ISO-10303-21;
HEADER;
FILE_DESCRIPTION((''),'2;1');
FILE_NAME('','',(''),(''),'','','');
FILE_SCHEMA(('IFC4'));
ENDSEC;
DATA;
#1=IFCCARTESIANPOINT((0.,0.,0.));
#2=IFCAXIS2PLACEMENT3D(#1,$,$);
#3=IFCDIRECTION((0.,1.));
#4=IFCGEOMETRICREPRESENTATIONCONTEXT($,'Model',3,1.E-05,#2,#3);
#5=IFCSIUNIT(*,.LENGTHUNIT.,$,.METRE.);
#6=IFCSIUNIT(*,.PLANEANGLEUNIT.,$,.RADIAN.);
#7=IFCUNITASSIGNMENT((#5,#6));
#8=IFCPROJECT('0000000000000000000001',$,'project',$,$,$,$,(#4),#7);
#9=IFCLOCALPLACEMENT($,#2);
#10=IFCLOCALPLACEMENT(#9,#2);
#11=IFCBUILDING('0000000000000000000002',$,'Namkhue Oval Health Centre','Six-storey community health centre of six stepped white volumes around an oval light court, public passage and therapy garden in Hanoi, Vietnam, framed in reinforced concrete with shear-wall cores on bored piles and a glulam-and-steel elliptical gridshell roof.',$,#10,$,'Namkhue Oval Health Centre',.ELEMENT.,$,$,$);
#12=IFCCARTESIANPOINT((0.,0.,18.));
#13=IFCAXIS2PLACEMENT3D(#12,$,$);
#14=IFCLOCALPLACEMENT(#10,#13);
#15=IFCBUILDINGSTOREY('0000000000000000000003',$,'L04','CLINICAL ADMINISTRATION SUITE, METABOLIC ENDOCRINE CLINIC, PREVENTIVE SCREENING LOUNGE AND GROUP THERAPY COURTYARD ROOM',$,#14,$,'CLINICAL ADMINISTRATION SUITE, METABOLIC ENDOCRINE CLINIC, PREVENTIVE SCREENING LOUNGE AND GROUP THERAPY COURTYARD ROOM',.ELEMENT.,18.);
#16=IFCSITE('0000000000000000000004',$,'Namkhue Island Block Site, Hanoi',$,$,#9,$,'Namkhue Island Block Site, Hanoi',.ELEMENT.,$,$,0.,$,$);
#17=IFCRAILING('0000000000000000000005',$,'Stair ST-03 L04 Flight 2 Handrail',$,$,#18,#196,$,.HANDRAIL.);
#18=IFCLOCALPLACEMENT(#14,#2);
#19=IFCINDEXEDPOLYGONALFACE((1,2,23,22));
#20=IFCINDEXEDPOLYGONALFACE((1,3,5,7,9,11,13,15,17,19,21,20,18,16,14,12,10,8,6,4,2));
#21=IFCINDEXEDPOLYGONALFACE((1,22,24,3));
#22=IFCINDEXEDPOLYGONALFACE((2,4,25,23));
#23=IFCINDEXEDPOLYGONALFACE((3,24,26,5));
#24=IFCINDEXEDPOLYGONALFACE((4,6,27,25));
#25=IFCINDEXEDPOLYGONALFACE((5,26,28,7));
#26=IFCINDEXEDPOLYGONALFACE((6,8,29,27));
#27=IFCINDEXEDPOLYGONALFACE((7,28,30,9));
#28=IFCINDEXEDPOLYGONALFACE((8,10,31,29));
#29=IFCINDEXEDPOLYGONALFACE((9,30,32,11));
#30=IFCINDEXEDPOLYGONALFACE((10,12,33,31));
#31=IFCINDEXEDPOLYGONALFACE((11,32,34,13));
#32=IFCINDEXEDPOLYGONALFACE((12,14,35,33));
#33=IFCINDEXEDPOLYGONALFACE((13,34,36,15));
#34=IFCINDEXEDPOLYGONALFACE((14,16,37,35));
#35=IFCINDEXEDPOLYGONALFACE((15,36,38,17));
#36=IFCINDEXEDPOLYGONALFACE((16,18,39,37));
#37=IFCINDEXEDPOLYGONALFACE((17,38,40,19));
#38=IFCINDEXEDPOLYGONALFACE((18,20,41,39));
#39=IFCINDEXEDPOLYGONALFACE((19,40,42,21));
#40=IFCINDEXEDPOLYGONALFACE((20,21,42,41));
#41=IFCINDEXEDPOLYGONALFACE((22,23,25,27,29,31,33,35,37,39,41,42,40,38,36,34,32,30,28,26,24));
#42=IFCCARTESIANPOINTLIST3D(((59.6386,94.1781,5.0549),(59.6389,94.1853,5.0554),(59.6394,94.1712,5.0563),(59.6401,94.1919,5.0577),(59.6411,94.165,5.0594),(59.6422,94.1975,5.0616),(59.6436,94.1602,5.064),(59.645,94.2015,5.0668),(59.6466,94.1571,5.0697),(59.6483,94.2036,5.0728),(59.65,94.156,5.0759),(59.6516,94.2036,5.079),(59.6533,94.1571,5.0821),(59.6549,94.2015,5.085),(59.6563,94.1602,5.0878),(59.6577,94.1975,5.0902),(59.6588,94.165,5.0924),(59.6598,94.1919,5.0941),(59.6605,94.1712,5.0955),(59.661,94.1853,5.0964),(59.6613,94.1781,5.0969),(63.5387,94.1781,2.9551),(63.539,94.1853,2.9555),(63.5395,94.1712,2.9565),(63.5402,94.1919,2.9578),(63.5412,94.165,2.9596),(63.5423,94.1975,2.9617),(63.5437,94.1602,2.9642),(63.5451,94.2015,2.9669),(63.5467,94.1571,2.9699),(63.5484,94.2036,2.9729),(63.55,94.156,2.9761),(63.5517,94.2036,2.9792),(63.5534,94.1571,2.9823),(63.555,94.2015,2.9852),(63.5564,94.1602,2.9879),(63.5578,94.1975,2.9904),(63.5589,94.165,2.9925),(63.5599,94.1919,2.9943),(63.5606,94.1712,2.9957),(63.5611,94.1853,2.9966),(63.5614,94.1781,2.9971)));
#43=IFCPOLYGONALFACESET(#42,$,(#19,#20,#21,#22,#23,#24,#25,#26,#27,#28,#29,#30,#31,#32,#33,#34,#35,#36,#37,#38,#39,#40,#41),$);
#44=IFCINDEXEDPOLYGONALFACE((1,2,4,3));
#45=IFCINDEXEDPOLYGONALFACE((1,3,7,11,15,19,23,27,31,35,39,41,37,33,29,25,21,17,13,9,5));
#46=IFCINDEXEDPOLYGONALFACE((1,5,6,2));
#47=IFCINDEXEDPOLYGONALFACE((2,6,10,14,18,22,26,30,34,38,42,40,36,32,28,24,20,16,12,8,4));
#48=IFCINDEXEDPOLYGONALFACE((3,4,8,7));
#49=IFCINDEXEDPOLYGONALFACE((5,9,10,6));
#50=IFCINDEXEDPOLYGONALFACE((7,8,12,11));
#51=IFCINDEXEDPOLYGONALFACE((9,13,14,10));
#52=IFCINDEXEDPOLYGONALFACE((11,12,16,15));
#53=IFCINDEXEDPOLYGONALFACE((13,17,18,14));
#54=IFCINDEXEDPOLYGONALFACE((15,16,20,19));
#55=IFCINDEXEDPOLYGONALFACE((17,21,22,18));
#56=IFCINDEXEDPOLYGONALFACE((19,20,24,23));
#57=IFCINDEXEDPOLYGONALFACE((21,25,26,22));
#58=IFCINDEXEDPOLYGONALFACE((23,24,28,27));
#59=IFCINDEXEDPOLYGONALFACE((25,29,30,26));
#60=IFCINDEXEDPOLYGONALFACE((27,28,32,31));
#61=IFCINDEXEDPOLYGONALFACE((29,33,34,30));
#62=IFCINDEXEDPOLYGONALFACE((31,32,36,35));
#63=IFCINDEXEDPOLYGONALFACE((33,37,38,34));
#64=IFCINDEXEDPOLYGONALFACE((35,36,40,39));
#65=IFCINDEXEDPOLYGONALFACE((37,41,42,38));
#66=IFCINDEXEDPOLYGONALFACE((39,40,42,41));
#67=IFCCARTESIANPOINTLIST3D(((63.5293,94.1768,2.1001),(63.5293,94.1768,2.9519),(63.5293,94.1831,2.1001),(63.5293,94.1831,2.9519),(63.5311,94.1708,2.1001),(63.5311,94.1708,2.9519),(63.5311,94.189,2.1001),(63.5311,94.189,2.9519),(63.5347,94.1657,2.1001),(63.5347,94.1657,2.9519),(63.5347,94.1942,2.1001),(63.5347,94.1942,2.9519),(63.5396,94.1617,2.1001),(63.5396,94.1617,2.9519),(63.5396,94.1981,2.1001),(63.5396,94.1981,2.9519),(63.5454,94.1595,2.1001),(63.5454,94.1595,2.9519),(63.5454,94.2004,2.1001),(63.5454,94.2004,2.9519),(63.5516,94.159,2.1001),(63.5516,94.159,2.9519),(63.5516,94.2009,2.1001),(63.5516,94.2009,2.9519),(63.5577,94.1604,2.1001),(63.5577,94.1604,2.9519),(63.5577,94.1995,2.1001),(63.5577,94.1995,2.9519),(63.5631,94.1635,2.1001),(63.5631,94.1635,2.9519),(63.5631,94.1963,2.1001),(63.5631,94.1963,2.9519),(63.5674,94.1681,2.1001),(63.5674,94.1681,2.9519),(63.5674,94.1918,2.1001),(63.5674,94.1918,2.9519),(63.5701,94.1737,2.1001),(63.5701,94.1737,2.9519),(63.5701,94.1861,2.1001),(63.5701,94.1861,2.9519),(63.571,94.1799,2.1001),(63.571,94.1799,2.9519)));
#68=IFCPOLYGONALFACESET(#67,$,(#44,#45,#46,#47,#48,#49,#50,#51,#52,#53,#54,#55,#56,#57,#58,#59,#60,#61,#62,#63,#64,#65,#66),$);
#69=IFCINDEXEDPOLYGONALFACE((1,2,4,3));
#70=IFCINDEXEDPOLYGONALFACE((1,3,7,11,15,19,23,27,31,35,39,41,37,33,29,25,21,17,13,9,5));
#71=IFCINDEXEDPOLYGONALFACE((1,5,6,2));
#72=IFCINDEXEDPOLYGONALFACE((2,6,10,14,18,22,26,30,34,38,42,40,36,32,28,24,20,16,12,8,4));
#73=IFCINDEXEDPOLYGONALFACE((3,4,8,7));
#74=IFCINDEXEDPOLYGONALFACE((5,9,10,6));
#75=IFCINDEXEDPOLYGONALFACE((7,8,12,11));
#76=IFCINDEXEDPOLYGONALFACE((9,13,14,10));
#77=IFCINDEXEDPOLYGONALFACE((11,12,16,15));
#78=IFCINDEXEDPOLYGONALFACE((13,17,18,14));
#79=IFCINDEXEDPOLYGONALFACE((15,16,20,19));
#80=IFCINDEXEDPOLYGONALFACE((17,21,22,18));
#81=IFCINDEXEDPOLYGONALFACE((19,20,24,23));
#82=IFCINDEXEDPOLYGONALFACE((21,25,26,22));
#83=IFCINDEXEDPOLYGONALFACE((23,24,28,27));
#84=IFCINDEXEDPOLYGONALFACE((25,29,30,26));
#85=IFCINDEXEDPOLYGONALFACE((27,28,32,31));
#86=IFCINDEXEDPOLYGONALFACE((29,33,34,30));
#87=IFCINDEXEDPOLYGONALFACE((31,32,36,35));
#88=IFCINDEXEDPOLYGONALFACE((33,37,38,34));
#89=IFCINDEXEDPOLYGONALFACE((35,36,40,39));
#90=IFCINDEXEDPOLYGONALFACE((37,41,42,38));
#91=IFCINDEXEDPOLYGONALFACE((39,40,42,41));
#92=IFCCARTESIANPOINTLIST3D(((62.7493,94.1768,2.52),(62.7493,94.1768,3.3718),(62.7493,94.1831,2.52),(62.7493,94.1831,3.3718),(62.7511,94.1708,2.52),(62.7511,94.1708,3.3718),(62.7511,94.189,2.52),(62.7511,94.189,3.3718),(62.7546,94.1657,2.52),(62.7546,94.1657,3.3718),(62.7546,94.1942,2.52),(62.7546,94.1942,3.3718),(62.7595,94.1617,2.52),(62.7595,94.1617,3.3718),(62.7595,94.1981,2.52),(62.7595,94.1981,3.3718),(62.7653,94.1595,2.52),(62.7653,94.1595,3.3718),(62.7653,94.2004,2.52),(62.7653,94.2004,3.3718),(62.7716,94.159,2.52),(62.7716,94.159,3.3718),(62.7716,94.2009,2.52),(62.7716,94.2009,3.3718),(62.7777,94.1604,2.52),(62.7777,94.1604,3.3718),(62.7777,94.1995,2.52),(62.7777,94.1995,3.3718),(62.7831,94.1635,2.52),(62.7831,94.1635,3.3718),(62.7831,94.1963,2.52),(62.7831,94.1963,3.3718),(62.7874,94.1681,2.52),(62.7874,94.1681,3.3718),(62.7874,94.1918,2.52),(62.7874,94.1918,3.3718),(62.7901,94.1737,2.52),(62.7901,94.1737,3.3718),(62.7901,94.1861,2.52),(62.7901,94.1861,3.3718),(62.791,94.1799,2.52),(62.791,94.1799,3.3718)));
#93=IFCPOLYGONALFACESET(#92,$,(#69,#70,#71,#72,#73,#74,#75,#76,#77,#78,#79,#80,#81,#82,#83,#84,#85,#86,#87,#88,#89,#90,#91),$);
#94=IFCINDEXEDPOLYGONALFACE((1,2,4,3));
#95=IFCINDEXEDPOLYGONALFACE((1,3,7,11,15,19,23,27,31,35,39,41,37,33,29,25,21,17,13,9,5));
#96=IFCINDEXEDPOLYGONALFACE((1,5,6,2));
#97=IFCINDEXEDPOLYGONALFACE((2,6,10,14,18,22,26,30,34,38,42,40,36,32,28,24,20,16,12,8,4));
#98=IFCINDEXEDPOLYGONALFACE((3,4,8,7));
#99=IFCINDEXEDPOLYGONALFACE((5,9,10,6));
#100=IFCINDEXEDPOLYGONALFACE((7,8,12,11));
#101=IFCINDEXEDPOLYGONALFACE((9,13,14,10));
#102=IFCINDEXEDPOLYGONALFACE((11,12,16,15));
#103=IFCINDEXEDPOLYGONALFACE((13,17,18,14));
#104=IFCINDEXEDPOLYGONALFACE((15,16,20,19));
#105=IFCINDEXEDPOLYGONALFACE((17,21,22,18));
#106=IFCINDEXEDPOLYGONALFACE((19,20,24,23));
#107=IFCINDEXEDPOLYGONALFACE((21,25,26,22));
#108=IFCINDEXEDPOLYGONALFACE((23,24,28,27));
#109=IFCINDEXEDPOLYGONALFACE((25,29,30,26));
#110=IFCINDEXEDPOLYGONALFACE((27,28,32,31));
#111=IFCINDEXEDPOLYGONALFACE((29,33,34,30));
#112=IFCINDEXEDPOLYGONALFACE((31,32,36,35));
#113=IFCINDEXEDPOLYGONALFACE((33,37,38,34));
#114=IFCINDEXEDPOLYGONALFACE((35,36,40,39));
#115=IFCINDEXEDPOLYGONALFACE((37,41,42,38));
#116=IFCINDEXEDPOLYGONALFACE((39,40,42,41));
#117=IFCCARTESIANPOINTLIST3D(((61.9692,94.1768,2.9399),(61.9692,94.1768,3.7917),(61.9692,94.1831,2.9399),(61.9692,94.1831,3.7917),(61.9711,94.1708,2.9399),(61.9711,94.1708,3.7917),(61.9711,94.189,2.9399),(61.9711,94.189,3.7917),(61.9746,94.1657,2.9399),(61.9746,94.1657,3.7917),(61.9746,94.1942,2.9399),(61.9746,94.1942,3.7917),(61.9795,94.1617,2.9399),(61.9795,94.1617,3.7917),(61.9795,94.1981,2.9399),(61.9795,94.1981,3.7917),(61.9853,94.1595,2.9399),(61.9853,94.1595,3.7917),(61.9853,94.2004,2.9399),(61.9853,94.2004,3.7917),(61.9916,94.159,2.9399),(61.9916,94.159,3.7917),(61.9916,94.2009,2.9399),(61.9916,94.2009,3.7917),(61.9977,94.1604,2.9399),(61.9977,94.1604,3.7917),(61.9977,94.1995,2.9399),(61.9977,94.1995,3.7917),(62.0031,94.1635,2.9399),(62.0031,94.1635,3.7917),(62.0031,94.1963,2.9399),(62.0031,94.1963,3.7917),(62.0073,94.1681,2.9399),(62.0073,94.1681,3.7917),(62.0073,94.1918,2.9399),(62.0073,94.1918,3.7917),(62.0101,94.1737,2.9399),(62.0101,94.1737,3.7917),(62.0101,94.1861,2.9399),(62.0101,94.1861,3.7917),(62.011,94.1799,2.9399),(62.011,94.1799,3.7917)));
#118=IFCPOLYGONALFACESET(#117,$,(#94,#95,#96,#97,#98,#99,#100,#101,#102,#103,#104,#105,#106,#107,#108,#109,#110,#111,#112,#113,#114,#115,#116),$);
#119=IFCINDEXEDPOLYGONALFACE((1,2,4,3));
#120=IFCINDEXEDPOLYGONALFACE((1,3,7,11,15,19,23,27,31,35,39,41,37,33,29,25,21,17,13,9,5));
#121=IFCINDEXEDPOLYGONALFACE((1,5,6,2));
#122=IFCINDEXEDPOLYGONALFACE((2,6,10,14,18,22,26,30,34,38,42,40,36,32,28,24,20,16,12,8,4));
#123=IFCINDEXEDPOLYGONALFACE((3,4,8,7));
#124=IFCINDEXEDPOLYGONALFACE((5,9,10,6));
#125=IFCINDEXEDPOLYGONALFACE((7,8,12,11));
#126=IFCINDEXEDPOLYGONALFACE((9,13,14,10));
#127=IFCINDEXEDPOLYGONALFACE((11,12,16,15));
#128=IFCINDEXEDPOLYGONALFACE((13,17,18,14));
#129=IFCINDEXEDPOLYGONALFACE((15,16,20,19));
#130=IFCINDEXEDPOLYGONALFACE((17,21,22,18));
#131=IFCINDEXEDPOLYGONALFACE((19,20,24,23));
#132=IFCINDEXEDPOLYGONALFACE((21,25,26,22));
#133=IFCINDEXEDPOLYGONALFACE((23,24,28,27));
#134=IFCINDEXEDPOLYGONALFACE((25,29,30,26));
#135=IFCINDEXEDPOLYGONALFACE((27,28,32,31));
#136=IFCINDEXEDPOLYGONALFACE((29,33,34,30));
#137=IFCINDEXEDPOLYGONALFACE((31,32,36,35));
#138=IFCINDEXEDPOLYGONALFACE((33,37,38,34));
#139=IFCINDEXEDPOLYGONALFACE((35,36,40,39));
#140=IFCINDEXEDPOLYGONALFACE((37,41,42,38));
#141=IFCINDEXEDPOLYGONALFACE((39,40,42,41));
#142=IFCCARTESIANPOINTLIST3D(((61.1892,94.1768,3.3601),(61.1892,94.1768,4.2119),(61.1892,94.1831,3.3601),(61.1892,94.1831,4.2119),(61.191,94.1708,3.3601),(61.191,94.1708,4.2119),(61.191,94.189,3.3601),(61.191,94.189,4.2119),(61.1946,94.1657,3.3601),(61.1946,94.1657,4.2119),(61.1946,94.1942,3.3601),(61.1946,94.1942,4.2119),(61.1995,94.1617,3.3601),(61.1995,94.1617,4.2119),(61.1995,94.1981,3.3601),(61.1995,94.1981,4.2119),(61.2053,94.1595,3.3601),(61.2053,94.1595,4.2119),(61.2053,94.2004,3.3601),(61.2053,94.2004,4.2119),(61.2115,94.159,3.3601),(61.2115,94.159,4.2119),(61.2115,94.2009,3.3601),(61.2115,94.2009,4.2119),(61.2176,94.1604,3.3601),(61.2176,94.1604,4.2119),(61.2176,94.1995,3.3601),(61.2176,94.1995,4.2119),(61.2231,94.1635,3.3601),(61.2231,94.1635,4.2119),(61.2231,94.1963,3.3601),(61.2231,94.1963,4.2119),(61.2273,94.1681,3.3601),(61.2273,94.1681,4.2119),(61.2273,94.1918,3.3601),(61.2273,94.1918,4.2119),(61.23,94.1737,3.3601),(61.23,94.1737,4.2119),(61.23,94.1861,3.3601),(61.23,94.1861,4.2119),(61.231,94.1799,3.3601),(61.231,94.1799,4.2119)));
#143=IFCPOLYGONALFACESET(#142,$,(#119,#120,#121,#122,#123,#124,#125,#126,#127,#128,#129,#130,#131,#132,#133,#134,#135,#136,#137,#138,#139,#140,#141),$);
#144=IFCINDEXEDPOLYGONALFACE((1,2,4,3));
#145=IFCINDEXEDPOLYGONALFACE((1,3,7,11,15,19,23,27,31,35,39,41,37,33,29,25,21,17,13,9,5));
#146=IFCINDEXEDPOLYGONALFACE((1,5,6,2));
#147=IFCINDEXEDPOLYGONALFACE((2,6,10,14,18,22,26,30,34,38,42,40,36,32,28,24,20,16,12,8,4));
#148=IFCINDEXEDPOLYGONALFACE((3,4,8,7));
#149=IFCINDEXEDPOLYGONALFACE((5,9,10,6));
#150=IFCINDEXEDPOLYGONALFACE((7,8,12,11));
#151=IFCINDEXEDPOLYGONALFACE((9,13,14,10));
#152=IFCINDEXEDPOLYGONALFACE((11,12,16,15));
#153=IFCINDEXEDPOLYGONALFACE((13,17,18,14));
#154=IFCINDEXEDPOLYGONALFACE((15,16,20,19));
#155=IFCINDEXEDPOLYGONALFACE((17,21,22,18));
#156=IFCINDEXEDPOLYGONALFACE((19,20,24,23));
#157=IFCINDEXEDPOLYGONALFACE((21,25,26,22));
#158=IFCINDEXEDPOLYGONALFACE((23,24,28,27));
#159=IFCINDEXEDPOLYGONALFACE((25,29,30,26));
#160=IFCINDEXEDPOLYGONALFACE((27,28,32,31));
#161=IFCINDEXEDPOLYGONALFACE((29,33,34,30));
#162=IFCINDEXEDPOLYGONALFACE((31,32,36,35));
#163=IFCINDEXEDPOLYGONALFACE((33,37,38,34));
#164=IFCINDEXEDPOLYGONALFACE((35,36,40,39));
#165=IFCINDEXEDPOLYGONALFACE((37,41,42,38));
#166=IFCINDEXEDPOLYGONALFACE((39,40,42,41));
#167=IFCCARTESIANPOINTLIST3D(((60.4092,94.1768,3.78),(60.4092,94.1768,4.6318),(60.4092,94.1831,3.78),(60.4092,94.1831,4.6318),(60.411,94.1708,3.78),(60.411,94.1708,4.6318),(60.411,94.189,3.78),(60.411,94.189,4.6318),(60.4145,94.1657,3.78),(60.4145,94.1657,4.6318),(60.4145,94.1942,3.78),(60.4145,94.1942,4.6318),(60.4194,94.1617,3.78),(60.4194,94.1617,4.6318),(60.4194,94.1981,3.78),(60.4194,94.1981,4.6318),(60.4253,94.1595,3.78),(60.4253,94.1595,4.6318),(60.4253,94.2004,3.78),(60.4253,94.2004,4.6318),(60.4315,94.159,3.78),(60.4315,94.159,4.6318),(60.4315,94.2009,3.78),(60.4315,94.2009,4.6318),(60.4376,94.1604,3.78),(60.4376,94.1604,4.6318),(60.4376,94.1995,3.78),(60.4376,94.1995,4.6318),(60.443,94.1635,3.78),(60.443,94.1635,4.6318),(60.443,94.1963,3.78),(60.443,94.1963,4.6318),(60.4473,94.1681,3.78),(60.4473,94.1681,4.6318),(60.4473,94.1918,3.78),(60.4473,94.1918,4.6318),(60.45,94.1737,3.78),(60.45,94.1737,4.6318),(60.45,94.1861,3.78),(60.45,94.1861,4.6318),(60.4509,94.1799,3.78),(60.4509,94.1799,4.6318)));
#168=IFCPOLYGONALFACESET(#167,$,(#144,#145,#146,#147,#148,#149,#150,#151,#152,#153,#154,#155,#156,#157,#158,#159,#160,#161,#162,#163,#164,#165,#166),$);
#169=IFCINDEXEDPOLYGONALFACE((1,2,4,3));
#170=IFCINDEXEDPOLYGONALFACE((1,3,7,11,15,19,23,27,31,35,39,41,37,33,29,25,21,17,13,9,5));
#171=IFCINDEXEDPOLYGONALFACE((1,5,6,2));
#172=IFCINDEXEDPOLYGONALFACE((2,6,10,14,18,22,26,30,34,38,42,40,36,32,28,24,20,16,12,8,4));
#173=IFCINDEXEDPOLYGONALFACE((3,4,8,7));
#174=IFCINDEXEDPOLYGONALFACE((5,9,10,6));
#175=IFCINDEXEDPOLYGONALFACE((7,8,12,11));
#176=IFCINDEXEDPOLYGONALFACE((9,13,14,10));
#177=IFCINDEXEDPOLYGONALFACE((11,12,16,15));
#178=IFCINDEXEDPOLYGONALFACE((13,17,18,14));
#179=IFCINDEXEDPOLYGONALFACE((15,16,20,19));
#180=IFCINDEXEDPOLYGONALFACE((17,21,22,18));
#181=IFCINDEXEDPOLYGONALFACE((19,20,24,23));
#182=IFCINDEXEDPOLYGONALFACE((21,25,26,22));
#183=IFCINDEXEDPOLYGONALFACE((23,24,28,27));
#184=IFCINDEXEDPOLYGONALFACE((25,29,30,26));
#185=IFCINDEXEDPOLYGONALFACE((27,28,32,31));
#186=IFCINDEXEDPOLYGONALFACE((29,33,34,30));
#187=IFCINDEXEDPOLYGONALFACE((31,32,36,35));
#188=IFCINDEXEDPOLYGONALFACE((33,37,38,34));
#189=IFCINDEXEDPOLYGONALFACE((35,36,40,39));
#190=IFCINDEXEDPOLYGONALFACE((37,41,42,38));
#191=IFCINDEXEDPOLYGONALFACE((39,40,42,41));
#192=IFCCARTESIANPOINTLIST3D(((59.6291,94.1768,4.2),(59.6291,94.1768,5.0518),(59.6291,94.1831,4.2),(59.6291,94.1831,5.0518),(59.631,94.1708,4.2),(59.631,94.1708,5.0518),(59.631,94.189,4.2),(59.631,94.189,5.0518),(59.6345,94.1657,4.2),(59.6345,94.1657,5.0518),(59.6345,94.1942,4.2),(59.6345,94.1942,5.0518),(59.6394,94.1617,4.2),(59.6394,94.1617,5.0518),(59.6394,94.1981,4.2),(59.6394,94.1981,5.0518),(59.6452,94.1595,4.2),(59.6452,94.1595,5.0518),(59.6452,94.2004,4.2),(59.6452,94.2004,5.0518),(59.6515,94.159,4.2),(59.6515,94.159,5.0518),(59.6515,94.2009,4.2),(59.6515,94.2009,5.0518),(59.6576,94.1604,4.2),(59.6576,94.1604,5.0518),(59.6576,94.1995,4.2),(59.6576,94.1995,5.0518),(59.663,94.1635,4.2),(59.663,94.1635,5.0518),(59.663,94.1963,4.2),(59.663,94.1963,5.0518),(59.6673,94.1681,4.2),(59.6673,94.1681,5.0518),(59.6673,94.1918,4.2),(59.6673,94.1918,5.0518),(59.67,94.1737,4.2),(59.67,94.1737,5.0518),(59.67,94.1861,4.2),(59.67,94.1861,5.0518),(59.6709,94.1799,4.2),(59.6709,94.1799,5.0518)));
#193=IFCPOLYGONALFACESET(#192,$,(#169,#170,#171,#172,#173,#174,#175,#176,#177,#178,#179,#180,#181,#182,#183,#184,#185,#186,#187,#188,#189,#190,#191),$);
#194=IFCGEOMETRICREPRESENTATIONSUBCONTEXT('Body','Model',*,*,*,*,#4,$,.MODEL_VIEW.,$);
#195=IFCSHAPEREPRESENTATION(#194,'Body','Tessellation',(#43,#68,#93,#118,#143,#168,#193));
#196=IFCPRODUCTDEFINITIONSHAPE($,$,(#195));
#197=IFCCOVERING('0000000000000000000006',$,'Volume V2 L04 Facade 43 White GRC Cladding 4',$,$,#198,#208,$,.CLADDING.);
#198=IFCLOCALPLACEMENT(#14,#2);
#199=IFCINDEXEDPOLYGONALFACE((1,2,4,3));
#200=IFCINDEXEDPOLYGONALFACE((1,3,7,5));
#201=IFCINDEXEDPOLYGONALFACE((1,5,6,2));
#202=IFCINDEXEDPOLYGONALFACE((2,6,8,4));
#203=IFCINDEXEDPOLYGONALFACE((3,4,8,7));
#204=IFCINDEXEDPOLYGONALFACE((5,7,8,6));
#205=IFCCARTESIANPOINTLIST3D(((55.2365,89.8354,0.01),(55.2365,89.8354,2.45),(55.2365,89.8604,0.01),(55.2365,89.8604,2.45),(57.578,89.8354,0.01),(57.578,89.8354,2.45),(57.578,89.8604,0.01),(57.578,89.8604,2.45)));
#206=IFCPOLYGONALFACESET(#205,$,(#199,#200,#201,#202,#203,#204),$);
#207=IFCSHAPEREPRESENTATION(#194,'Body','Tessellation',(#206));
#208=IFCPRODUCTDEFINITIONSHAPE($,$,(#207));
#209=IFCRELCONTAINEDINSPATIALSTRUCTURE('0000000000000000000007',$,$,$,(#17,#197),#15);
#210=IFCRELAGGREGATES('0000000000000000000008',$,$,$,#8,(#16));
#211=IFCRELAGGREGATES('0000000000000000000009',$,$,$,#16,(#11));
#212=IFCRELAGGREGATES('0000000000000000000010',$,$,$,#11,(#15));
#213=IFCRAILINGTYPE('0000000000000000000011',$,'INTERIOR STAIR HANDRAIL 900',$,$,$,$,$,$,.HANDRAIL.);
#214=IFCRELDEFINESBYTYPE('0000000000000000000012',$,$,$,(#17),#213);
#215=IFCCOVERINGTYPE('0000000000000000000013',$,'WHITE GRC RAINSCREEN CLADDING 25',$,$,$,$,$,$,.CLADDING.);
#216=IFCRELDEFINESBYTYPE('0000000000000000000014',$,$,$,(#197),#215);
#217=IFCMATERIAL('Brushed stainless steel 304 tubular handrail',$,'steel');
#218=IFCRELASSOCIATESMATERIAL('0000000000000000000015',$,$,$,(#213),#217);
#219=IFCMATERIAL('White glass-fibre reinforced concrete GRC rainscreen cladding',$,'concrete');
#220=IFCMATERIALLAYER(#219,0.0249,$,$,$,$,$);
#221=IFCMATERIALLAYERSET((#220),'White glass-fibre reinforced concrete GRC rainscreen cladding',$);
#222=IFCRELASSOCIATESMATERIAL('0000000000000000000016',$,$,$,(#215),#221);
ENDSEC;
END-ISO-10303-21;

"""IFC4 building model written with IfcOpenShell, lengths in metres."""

from ifc_helpers import new_model, si_unit, direction, frame, origin, origin_2d, place, context, subcontext, project, spatial, rectangle, circle, extrude, material, layer, layer_set, type_object, element, save


model = new_model("IFC4")

# Units and contexts
model_context = context("Model", 3, precision=1e-05, world=origin(), true_north=direction((0.0, 1.0)))
body_context = subcontext(model_context, "Body", "Model", "MODEL_VIEW")
ifc_project = project(units=[si_unit("LENGTHUNIT", "METRE"), si_unit("PLANEANGLEUNIT", "RADIAN")], contexts=[model_context])

# Site, building, storey
site_placement = place(None, origin())
site = spatial("IfcSite", under=ifc_project, at=site_placement, Name="Namkhue Island Block Site, Hanoi", LongName="Namkhue Island Block Site, Hanoi", CompositionType="ELEMENT", RefElevation=0.0)
building_placement = place(site_placement, origin())
building = spatial("IfcBuilding", under=site, at=building_placement, Name="Namkhue Oval Health Centre", Description="Six-storey community health centre of six stepped white volumes around an oval light court, public passage and therapy garden in Hanoi, Vietnam, framed in reinforced concrete with shear-wall cores on bored piles and a glulam-and-steel elliptical gridshell roof.", LongName="Namkhue Oval Health Centre", CompositionType="ELEMENT")
storey_placement = place(building_placement, frame((0.0, 0.0, 18.0)))
storey = spatial("IfcBuildingStorey", under=building, at=storey_placement, Name="L04", Description="CLINICAL ADMINISTRATION SUITE, METABOLIC ENDOCRINE CLINIC, PREVENTIVE SCREENING LOUNGE AND GROUP THERAPY COURTYARD ROOM", LongName="CLINICAL ADMINISTRATION SUITE, METABOLIC ENDOCRINE CLINIC, PREVENTIVE SCREENING LOUNGE AND GROUP THERAPY COURTYARD ROOM", CompositionType="ELEMENT", Elevation=18.0)

# Railing
ifc_material_1 = material(Name="Brushed stainless steel 304 tubular handrail", Category="steel")
railing_type_1 = type_object("IfcRailingType", Name="INTERIOR STAIR HANDRAIL 900", PredefinedType="HANDRAIL", material=ifc_material_1)
railing_1_placement = place(storey_placement, frame((63.55, 94.1799, 2.1001)))
element("IfcRailing", 1, at=railing_1_placement, inside=storey, type_object=railing_type_1, Name="Stair ST-03 L04 Flight 2 Handrail", PredefinedType="HANDRAIL", context=body_context, shape_type="SweptSolid", body=[
    extrude(circle(Radius=0.0239, at=origin_2d()), frame((0.0, 0.0, 0.876), z_axis=(-0.880492, 0.0, 0.47406), x_axis=(0.0, -1.0, 0.0)), (0.0, 0.0, 1.0), 4.4294),
    extrude(circle(Radius=0.021, at=origin_2d()), origin(), (0.0, 0.0, 1.0), 0.8518),
    extrude(circle(Radius=0.021, at=origin_2d()), frame((-0.78, 0.0, 0.4199)), (0.0, 0.0, 1.0), 0.8518),
    extrude(circle(Radius=0.021, at=origin_2d()), frame((-1.5601, 0.0, 0.8398)), (0.0, 0.0, 1.0), 0.8518),
    extrude(circle(Radius=0.021, at=origin_2d()), frame((-2.3401, 0.0, 1.26)), (0.0, 0.0, 1.0), 0.8518),
    extrude(circle(Radius=0.021, at=origin_2d()), frame((-3.1201, 0.0, 1.6799)), (0.0, 0.0, 1.0), 0.8518),
    extrude(circle(Radius=0.021, at=origin_2d()), frame((-3.9001, 0.0, 2.0999)), (0.0, 0.0, 1.0), 0.8518),
])

# Covering
ifc_material_2 = material(Name="White glass-fibre reinforced concrete GRC rainscreen cladding", Category="concrete")
ifc_layer_1 = layer(ifc_material_2, 0.0249)
ifc_layer_set_1 = layer_set([ifc_layer_1], Name="White glass-fibre reinforced concrete GRC rainscreen cladding")
covering_type = type_object("IfcCoveringType", Name="WHITE GRC RAINSCREEN CLADDING 25", PredefinedType="CLADDING", material=ifc_layer_set_1)
covering_1_placement = place(storey_placement, frame((56.4072, 89.8479, 0.01), z_axis=(0.0, 0.0, 1.0), x_axis=(1.0, 0.0, 0.0)))
element("IfcCovering", 2, at=covering_1_placement, inside=storey, type_object=covering_type, Name="Volume V2 L04 Facade 43 White GRC Cladding 4", PredefinedType="CLADDING", context=body_context, shape_type="SweptSolid", body=[
    extrude(rectangle(XDim=2.3416, YDim=0.0249, at=origin_2d()), origin(), (0.0, 0.0, 1.0), 2.4399),
])

save(model, "model.ifc")
